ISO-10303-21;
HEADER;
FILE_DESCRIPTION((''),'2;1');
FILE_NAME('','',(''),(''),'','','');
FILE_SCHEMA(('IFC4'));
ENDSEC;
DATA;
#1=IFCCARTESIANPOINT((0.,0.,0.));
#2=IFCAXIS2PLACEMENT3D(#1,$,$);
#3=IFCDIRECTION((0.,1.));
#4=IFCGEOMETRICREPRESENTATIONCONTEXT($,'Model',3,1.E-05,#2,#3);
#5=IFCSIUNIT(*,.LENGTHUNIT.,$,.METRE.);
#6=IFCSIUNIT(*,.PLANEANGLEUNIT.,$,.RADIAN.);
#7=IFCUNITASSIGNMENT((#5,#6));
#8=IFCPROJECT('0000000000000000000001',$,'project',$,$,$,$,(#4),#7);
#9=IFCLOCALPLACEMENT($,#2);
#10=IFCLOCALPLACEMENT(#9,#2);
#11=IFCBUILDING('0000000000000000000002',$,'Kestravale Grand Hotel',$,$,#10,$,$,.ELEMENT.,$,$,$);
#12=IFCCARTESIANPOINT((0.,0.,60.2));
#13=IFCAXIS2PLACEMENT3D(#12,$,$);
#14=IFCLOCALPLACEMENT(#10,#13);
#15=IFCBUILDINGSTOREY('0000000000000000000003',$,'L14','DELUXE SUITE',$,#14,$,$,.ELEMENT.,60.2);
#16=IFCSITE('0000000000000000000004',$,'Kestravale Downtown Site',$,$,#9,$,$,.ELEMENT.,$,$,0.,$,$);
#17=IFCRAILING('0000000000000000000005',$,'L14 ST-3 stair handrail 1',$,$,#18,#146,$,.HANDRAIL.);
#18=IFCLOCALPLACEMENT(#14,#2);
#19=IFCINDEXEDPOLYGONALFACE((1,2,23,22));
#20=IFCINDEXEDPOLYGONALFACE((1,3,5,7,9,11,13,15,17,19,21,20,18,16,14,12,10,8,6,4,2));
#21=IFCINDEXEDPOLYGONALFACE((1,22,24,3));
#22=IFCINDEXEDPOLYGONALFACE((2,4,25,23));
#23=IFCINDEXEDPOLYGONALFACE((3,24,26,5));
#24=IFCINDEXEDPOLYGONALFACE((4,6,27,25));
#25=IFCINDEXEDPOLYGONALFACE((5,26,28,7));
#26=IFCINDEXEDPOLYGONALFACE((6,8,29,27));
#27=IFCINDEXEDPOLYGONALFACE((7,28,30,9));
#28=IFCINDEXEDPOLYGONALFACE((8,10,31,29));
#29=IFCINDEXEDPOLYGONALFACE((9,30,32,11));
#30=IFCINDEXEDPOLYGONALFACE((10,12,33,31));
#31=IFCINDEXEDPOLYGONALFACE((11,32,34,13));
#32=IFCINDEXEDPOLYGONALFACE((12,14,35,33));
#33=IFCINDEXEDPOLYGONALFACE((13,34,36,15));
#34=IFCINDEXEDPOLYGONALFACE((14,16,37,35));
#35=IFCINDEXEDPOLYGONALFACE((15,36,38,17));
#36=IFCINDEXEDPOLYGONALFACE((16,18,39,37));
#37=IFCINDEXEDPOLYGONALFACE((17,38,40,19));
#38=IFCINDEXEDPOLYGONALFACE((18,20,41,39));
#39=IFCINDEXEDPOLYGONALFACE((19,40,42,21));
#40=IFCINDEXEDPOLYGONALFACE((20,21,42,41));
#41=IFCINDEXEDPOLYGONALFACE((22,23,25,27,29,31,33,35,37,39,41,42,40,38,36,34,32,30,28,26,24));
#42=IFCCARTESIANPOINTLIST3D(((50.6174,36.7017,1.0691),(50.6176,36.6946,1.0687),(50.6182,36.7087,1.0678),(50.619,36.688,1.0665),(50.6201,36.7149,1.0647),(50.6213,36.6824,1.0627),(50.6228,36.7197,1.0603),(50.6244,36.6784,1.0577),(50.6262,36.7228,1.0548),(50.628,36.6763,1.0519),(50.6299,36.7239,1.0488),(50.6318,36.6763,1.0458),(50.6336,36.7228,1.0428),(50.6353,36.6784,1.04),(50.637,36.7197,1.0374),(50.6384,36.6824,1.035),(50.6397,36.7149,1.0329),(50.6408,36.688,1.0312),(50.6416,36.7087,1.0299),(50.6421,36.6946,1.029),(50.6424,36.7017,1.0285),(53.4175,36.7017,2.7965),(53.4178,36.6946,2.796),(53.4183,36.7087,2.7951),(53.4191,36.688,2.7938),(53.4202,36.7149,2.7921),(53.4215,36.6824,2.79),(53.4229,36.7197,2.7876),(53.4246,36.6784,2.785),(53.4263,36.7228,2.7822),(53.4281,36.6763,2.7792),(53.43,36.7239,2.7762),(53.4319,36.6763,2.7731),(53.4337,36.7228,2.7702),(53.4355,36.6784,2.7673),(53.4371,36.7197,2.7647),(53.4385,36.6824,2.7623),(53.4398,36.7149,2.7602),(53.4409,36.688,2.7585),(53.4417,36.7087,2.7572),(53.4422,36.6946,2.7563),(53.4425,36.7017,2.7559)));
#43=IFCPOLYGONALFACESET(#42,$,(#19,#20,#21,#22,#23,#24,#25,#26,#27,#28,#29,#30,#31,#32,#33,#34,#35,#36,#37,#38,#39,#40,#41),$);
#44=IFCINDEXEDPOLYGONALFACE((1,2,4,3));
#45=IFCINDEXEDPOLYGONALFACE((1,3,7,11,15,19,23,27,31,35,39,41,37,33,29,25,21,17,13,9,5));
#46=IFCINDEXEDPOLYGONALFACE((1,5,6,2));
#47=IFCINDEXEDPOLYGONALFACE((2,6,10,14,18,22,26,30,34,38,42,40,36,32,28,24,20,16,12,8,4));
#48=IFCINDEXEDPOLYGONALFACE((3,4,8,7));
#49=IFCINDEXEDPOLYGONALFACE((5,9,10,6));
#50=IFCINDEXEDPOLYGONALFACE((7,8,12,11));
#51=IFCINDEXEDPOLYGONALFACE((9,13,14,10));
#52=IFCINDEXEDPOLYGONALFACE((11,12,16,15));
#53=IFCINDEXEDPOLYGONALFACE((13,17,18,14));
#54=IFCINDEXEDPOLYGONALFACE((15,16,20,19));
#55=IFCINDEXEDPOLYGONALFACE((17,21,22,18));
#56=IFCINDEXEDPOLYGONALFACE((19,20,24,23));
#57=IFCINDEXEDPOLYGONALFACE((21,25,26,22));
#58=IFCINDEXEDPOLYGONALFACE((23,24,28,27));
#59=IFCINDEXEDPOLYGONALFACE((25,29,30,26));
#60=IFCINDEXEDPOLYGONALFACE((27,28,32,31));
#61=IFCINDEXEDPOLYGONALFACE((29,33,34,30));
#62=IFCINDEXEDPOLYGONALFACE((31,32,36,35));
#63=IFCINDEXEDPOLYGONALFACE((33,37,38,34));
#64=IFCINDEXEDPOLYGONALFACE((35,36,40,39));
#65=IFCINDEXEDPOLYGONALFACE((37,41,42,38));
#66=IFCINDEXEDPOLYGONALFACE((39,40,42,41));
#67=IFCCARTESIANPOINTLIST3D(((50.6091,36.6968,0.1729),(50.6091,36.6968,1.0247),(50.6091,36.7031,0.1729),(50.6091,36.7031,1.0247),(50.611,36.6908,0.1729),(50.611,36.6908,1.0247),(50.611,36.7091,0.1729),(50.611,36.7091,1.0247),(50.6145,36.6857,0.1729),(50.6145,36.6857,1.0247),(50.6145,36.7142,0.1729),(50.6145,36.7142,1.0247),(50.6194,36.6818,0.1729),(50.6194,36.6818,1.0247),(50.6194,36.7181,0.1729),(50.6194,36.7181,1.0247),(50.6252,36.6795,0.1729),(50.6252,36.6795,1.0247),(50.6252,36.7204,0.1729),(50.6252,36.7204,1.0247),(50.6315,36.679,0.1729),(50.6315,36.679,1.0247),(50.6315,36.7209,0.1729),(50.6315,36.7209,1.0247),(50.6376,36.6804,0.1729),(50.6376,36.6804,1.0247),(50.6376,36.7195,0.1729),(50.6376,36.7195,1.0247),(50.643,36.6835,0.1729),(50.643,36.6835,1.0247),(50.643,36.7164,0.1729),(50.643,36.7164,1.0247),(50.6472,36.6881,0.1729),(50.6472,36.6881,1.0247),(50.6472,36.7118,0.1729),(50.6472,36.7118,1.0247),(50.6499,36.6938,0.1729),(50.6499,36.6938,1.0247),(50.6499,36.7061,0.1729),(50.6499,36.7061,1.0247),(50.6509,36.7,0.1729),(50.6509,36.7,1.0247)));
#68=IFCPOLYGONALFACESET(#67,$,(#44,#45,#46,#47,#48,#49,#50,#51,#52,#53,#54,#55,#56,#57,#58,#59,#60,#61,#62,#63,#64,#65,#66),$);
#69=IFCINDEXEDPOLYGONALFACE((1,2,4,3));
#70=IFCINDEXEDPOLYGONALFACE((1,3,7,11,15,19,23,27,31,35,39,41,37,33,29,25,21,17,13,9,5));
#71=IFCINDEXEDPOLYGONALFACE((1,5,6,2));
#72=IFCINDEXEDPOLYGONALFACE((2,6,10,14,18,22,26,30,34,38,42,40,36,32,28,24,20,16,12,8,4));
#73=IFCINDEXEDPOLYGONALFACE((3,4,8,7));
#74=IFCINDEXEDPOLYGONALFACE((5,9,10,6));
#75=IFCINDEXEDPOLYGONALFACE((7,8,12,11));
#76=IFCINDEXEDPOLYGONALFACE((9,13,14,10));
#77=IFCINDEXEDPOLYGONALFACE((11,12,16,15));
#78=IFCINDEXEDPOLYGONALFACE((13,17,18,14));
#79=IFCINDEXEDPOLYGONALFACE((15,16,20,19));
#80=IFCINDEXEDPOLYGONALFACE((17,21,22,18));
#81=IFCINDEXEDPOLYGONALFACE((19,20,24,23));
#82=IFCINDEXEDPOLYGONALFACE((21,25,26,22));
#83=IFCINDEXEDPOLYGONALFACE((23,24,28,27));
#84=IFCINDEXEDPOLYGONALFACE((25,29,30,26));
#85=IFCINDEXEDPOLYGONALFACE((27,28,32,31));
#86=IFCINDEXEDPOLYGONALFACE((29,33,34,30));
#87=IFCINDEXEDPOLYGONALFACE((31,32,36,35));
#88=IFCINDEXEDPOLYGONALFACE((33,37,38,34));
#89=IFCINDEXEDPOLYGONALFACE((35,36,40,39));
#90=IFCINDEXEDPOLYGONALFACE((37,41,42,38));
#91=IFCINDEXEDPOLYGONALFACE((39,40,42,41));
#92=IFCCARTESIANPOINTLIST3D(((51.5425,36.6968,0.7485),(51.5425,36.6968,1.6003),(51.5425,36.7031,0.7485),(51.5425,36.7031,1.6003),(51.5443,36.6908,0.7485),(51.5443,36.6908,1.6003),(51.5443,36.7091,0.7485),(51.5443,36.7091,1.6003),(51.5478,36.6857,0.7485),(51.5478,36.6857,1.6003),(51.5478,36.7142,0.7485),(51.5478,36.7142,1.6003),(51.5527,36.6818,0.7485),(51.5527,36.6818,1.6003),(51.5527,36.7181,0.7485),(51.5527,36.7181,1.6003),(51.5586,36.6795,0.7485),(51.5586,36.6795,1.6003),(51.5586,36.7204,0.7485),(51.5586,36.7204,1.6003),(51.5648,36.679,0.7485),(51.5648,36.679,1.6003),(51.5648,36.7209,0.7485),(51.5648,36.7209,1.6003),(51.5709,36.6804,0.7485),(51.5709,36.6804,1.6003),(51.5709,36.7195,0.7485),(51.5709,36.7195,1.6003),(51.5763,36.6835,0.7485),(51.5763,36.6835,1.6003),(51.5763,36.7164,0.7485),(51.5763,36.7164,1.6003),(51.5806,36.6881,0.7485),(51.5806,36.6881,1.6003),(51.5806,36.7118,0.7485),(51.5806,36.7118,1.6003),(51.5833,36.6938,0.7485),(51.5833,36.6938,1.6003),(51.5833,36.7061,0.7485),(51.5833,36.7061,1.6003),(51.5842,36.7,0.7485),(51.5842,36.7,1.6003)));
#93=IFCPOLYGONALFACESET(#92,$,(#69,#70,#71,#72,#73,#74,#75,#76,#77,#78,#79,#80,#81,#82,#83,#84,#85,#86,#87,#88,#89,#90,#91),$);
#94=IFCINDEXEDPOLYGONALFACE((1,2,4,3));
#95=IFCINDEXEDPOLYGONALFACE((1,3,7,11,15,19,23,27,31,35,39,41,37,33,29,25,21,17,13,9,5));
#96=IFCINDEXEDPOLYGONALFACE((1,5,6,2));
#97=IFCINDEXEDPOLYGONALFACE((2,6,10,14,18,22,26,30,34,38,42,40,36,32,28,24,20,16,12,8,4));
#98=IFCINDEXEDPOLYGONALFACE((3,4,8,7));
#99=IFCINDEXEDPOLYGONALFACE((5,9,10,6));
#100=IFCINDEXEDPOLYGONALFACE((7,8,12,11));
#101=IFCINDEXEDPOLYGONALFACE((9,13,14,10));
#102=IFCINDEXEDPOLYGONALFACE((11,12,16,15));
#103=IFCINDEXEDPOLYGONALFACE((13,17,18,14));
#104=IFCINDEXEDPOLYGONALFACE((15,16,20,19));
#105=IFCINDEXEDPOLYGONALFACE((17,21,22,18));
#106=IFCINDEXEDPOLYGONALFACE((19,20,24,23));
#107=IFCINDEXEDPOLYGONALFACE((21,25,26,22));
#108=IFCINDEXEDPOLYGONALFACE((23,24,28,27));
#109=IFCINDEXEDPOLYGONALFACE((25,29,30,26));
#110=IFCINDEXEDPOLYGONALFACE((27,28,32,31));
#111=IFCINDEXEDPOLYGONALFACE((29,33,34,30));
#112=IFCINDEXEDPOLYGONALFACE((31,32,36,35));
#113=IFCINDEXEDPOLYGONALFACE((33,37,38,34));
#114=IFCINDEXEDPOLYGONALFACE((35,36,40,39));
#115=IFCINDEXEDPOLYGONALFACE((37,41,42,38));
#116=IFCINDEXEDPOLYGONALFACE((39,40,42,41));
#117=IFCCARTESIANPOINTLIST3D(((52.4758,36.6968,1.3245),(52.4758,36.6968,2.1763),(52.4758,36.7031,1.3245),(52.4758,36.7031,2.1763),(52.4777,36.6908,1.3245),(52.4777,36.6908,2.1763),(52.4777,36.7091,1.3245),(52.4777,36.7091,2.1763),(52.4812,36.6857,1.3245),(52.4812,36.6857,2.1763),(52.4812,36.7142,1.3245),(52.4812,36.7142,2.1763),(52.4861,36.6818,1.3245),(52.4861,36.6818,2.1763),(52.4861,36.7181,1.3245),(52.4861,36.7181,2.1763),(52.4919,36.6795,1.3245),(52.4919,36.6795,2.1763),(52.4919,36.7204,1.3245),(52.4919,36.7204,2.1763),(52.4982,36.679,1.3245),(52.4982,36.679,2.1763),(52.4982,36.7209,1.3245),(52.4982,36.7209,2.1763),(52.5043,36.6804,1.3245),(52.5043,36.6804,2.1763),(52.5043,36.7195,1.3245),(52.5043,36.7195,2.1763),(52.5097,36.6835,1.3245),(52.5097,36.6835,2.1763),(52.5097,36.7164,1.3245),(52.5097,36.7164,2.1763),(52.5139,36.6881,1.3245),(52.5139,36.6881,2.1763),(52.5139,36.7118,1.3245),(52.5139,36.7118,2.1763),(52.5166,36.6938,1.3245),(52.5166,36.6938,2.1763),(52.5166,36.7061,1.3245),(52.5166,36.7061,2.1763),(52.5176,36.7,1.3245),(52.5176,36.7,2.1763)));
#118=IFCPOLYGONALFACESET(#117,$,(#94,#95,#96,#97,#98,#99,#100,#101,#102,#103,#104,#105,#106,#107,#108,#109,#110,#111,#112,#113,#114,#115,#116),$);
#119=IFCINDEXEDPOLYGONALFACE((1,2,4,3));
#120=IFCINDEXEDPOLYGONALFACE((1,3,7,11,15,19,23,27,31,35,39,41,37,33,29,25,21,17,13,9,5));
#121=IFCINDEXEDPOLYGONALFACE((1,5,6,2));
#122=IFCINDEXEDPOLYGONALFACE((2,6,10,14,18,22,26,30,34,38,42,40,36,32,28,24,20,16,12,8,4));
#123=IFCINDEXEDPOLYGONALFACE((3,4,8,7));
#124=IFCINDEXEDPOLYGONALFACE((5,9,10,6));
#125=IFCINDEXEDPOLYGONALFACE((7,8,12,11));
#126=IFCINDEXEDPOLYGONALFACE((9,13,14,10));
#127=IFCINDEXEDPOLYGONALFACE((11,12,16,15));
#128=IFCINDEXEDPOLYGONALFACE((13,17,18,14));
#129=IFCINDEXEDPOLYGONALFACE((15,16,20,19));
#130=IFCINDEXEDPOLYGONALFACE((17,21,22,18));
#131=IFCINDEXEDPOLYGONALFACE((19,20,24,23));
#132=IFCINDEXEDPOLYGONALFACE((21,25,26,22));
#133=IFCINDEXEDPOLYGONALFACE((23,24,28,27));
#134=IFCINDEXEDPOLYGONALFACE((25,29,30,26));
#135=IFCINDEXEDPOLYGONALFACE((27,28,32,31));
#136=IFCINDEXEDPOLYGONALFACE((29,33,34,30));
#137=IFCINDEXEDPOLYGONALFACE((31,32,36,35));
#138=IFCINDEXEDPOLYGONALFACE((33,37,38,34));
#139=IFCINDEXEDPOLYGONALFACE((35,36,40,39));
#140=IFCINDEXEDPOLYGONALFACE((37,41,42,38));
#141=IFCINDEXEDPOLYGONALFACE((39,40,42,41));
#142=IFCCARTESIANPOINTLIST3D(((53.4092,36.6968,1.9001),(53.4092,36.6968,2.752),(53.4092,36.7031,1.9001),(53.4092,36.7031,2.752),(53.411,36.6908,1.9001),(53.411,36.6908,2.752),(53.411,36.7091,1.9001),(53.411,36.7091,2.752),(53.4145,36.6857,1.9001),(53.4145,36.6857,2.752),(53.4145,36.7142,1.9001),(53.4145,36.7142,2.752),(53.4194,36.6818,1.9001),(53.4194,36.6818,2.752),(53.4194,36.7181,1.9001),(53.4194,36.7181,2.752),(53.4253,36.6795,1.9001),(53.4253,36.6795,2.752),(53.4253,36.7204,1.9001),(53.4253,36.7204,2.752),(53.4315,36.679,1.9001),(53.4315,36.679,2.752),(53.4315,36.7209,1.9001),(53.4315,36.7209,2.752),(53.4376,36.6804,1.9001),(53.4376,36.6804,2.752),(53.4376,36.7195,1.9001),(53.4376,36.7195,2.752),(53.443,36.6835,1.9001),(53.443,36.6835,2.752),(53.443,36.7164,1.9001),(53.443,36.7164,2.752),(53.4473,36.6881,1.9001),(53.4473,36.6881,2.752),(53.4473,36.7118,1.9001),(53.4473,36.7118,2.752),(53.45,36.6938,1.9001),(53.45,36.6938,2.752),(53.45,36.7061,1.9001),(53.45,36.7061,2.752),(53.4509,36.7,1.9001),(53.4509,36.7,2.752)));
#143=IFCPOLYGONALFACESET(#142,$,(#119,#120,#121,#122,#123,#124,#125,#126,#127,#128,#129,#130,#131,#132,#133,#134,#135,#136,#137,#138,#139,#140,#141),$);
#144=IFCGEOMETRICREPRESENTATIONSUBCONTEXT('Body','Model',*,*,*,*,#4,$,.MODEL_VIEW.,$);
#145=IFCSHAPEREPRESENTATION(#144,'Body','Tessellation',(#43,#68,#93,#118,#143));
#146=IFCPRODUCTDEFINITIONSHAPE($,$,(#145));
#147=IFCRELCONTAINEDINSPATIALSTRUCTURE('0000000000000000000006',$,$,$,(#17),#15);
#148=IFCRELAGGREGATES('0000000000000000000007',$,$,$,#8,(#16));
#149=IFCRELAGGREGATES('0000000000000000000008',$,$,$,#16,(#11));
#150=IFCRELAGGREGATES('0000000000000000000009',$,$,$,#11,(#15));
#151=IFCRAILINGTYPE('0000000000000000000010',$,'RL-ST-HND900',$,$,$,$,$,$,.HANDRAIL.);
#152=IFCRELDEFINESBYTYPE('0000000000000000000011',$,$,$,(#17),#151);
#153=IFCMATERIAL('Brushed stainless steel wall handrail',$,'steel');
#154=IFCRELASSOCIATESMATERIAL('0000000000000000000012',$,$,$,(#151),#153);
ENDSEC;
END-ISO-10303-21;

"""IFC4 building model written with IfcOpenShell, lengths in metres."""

from ifc_helpers import new_model, si_unit, direction, frame, origin, origin_2d, place, context, subcontext, project, spatial, circle, extrude, material, type_object, element, save


model = new_model("IFC4")

# Units and contexts
model_context = context("Model", 3, precision=1e-05, world=origin(), true_north=direction((0.0, 1.0)))
body_context = subcontext(model_context, "Body", "Model", "MODEL_VIEW")
ifc_project = project(units=[si_unit("LENGTHUNIT", "METRE"), si_unit("PLANEANGLEUNIT", "RADIAN")], contexts=[model_context])

# Site, building, storey
site_placement = place(None, origin())
site = spatial("IfcSite", under=ifc_project, at=site_placement, Name="Kestravale Downtown Site", CompositionType="ELEMENT", RefElevation=0.0)
building_placement = place(site_placement, origin())
building = spatial("IfcBuilding", under=site, at=building_placement, Name="Kestravale Grand Hotel", CompositionType="ELEMENT")
storey_placement = place(building_placement, frame((0.0, 0.0, 60.2)))
storey = spatial("IfcBuildingStorey", under=building, at=storey_placement, Name="L14", Description="DELUXE SUITE", CompositionType="ELEMENT", Elevation=60.2)

# Railing
ifc_material_1 = material(Name="Brushed stainless steel wall handrail", Category="steel")
railing_type_1 = type_object("IfcRailingType", Name="RL-ST-HND900", PredefinedType="HANDRAIL", material=ifc_material_1)
railing_1_placement = place(storey_placement, frame((50.6299, 36.7, 0.1729)))
element("IfcRailing", 1, at=railing_1_placement, inside=storey, type_object=railing_type_1, Name="L14 ST-3 stair handrail 1", PredefinedType="HANDRAIL", context=body_context, shape_type="SweptSolid", body=[
    extrude(circle(Radius=0.0239, at=origin_2d()), frame((0.0, 0.0, 0.876), z_axis=(0.85109, 0.0, 0.52502), x_axis=(0.0, 1.0, 0.0)), (0.0, 0.0, 1.0), 3.29),
    extrude(circle(Radius=0.021, at=origin_2d()), origin(), (0.0, 0.0, 1.0), 0.8518),
    extrude(circle(Radius=0.021, at=origin_2d()), frame((0.9333, 0.0, 0.5757)), (0.0, 0.0, 1.0), 0.8518),
    extrude(circle(Radius=0.021, at=origin_2d()), frame((1.8667, 0.0, 1.1516)), (0.0, 0.0, 1.0), 0.8518),
    extrude(circle(Radius=0.021, at=origin_2d()), frame((2.8, 0.0, 1.7273)), (0.0, 0.0, 1.0), 0.8518),
])

save(model, "model.ifc")
